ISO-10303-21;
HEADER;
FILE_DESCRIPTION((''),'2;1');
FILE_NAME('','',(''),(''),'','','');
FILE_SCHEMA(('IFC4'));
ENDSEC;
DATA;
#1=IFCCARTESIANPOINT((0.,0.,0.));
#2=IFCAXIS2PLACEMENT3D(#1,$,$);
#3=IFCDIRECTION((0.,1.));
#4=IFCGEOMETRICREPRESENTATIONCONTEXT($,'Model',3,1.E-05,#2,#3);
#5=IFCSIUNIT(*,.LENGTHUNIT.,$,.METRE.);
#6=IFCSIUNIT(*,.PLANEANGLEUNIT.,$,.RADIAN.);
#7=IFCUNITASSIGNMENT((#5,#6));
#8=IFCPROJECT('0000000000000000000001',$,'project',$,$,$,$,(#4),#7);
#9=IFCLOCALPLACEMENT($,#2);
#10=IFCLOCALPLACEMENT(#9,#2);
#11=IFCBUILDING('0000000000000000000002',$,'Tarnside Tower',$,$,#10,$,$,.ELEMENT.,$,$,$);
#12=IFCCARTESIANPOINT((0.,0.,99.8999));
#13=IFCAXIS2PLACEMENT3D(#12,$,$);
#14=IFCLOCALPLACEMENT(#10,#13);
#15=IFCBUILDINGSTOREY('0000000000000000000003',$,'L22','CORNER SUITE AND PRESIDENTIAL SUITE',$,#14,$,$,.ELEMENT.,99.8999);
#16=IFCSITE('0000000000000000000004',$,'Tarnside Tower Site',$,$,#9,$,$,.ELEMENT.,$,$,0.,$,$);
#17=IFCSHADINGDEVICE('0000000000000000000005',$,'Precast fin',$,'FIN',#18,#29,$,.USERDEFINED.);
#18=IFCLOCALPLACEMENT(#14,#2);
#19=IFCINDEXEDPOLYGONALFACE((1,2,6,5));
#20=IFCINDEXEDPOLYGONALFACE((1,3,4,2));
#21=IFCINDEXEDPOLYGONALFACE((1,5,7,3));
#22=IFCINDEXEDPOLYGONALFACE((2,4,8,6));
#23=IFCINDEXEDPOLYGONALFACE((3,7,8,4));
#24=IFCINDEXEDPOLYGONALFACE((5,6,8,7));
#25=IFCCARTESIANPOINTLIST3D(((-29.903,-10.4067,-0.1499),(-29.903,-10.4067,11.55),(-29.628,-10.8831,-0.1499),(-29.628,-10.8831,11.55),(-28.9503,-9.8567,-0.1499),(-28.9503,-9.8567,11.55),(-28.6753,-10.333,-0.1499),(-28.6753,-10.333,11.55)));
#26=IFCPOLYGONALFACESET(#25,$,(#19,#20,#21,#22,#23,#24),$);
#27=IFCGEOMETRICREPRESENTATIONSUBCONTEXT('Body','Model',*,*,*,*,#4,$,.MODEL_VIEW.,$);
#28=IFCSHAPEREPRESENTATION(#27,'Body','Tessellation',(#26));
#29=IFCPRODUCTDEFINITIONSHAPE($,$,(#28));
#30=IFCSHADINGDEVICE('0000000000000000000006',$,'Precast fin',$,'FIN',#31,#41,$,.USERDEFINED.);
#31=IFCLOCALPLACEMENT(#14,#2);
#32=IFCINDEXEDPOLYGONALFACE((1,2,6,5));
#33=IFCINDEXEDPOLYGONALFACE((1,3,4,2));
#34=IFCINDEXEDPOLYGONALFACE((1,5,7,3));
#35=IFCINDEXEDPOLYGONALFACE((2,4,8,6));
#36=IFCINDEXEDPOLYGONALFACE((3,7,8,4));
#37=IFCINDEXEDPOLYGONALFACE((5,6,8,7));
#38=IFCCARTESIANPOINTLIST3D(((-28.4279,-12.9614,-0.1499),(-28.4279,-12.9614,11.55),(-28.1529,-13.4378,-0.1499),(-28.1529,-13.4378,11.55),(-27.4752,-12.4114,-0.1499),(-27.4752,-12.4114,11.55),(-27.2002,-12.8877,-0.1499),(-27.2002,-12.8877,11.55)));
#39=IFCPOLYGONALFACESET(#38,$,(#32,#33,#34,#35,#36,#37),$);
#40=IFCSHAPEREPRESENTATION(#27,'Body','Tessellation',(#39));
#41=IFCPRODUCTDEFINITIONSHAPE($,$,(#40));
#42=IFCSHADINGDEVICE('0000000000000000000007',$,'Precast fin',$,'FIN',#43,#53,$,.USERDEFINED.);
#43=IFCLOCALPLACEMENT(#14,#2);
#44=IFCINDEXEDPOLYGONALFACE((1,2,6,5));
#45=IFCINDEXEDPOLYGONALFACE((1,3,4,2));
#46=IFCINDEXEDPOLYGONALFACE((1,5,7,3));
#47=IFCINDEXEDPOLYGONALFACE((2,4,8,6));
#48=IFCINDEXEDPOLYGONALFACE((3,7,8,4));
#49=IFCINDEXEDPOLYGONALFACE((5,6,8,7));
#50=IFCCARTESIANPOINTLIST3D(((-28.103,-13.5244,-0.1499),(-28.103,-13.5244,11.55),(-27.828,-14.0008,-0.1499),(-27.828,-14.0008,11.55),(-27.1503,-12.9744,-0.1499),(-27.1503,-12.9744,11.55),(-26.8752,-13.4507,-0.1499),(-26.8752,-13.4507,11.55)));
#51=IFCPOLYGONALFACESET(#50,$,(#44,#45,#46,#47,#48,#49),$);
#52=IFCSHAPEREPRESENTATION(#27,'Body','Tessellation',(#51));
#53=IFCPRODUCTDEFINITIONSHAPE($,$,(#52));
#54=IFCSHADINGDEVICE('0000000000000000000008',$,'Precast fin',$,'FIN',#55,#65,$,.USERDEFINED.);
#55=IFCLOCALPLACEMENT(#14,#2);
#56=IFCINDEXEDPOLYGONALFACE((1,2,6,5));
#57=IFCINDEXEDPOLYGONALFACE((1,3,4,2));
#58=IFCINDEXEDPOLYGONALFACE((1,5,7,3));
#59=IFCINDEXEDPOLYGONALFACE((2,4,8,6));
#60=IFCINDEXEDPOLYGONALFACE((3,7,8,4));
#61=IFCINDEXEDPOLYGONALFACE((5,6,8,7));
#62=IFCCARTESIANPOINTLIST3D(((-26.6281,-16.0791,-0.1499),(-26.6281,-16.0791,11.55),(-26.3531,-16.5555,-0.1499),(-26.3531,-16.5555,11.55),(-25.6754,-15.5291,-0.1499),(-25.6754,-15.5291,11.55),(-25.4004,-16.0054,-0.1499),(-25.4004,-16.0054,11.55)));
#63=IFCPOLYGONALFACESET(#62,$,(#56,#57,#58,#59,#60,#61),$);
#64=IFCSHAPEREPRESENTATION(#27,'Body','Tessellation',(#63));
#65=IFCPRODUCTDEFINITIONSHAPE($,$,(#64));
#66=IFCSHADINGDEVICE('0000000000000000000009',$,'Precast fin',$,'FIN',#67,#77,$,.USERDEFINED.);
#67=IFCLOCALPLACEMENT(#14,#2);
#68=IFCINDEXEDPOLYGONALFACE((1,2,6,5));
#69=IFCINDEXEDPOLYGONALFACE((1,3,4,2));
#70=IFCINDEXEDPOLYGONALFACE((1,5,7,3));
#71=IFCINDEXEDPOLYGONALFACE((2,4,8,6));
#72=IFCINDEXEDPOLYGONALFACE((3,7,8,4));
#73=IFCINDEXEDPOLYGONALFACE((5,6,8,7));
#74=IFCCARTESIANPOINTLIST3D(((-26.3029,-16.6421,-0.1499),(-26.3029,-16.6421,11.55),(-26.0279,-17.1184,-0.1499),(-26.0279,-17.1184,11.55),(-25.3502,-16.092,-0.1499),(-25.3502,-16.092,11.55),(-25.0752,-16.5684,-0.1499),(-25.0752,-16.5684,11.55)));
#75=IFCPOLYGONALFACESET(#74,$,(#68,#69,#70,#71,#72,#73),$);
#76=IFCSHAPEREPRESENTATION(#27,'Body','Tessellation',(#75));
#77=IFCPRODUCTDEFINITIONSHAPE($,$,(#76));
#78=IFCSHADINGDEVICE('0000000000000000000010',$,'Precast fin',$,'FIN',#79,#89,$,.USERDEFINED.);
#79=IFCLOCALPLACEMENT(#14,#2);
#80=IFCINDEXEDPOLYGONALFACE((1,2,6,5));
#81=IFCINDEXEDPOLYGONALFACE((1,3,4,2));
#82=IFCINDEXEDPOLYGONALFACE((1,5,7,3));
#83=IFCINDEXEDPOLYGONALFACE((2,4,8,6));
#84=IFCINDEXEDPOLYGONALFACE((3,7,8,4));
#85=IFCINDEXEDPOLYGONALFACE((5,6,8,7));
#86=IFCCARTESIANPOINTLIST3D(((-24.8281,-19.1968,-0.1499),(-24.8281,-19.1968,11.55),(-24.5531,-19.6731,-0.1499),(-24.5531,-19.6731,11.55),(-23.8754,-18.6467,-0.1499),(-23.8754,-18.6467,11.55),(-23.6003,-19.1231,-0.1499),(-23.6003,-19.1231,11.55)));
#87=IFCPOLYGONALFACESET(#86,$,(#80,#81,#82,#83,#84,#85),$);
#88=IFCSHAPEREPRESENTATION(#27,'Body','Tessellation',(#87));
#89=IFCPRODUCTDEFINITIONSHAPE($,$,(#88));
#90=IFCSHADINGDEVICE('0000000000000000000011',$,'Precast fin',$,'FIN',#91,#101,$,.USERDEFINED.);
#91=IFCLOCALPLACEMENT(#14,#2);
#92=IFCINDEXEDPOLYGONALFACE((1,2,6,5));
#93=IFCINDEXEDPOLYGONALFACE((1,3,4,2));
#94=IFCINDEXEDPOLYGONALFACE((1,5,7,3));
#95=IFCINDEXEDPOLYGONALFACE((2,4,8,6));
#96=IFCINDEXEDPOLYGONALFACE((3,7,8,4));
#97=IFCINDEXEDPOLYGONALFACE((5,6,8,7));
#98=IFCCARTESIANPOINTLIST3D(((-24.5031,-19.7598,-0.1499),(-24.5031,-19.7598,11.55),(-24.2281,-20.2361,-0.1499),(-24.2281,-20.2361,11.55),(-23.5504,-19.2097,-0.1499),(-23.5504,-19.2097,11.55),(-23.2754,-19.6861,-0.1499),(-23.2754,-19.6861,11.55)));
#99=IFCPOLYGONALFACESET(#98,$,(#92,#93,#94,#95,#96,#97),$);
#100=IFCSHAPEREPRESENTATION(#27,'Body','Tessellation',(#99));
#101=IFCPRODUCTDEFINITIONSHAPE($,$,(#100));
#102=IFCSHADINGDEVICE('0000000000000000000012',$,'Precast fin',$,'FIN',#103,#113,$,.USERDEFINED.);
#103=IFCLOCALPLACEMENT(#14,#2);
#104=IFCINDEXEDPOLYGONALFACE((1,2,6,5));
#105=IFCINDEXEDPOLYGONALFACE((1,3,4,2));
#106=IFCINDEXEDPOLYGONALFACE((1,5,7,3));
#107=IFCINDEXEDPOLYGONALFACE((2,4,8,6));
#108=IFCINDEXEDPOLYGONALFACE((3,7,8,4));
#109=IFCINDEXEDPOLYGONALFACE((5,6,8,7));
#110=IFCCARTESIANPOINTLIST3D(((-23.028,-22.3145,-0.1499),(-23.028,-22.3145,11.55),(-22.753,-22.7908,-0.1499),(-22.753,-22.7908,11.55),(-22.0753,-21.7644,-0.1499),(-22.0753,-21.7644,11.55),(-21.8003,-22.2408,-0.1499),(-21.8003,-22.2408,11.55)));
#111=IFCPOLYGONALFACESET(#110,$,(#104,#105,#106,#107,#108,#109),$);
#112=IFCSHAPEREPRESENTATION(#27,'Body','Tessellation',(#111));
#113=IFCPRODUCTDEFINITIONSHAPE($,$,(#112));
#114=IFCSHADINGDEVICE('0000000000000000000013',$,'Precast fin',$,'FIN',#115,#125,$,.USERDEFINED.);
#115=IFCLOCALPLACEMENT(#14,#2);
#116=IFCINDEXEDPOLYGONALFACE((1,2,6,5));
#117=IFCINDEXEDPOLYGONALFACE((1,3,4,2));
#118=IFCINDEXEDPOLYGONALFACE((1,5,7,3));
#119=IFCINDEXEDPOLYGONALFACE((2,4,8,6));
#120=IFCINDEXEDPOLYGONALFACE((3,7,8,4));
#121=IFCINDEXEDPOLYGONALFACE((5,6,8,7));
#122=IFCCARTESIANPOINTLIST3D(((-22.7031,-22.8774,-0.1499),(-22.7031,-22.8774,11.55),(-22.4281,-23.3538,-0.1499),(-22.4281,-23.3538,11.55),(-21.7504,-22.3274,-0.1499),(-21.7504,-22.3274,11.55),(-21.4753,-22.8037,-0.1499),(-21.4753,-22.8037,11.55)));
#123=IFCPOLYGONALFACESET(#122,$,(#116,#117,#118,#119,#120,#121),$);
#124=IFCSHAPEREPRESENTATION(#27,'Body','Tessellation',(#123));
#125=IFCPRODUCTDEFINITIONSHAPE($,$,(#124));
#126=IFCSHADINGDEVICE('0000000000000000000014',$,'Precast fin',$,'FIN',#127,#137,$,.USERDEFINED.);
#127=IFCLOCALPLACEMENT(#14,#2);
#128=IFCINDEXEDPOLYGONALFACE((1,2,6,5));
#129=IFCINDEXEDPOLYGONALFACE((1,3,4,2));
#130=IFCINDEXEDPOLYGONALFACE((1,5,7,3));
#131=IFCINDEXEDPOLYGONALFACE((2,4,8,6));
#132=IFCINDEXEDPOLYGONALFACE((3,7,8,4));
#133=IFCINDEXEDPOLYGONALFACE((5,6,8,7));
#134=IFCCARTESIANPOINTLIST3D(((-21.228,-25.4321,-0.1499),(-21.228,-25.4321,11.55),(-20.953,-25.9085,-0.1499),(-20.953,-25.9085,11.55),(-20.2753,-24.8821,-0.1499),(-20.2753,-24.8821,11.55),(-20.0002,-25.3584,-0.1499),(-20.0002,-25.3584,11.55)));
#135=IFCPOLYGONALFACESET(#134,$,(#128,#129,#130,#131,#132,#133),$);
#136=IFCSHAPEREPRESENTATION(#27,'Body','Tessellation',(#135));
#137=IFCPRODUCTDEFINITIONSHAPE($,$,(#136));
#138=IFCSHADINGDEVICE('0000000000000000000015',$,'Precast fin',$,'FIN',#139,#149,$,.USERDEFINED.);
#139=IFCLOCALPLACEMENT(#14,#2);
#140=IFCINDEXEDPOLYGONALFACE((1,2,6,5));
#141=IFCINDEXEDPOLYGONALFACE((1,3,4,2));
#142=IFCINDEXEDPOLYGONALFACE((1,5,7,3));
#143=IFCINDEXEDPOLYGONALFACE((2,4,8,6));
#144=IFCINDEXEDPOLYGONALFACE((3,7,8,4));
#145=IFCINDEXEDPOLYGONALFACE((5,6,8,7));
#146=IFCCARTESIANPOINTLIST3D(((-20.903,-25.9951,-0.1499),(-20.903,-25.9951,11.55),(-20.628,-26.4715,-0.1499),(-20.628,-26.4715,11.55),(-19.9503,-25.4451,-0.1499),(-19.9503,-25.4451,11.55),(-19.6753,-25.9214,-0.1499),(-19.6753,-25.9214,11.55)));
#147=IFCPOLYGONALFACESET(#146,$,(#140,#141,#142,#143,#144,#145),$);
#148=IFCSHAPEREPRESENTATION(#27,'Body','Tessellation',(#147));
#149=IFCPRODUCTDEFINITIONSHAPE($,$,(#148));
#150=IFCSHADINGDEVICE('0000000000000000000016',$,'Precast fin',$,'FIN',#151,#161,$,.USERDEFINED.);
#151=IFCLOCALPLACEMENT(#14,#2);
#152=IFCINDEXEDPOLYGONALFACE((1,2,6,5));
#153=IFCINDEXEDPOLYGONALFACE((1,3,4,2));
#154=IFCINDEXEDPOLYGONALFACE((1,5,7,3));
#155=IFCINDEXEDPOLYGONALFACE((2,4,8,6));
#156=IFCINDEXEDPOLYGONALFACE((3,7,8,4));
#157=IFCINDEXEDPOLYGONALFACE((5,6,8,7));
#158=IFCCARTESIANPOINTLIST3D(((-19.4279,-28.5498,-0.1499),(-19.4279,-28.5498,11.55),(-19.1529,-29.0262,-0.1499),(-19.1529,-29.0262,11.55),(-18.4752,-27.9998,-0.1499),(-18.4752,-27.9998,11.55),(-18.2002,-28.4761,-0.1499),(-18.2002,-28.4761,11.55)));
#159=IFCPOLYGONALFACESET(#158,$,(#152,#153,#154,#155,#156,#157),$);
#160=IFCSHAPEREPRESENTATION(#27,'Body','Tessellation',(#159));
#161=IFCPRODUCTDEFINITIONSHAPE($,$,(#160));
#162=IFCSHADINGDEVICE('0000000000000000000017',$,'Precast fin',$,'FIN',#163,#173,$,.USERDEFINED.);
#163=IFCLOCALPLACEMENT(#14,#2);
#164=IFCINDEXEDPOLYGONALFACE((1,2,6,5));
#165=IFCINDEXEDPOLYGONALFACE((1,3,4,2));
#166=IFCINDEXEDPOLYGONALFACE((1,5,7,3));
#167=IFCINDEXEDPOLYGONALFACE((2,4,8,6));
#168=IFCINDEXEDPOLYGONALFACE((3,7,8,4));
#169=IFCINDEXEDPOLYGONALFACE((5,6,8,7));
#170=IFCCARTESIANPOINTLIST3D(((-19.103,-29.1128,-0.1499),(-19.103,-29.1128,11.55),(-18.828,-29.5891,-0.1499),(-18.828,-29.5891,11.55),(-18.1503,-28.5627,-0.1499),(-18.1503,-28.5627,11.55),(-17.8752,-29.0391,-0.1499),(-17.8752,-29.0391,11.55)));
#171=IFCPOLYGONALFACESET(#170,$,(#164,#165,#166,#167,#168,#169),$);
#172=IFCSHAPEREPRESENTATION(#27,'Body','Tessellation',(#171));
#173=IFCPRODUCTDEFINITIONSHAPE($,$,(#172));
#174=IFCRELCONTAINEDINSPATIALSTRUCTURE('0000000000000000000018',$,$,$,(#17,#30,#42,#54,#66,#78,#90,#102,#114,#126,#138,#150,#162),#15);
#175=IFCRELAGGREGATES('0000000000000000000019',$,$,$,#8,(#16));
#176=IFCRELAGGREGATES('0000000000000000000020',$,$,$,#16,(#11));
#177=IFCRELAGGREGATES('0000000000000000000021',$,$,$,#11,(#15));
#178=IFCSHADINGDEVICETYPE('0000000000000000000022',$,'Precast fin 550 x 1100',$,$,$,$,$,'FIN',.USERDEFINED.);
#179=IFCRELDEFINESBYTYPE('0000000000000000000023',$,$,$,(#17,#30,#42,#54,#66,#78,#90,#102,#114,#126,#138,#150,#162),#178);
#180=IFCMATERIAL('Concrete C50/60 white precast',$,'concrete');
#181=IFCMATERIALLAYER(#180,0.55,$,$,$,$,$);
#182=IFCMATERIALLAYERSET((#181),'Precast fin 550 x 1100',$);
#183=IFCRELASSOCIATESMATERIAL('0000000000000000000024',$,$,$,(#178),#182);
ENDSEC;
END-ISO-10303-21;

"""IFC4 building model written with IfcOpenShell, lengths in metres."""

from ifc_helpers import new_model, si_unit, direction, frame, origin, place, context, subcontext, project, spatial, polyline, outline, extrude, material, layer, layer_set, type_object, element, save


model = new_model("IFC4")

# Units and contexts
model_context = context("Model", 3, precision=1e-05, world=origin(), true_north=direction((0.0, 1.0)))
body_context = subcontext(model_context, "Body", "Model", "MODEL_VIEW")
ifc_project = project(units=[si_unit("LENGTHUNIT", "METRE"), si_unit("PLANEANGLEUNIT", "RADIAN")], contexts=[model_context])

# Site, building, storey
site_placement = place(None, origin())
site = spatial("IfcSite", under=ifc_project, at=site_placement, Name="Tarnside Tower Site", CompositionType="ELEMENT", RefElevation=0.0)
building_placement = place(site_placement, origin())
building = spatial("IfcBuilding", under=site, at=building_placement, Name="Tarnside Tower", CompositionType="ELEMENT")
storey_placement = place(building_placement, frame((0.0, 0.0, 99.8999)))
storey = spatial("IfcBuildingStorey", under=building, at=storey_placement, Name="L22", Description="CORNER SUITE AND PRESIDENTIAL SUITE", CompositionType="ELEMENT", Elevation=99.8999)

# Shading devices
ifc_material_1 = material(Name="Concrete C50/60 white precast", Category="concrete")
ifc_layer_1 = layer(ifc_material_1, 0.55)
ifc_layer_set_1 = layer_set([ifc_layer_1], Name="Precast fin 550 x 1100")
shading_device_type = type_object("IfcShadingDeviceType", Name="Precast fin 550 x 1100", ElementType="FIN", PredefinedType="USERDEFINED", material=ifc_layer_set_1)
for number, where, z_axis, x_axis, name in (
    (1, (-28.8127, -10.095, -0.1499), (-0.5, 0.866025, 0.0), (-0.866025, -0.5, 0.0), "Precast fin"),
    (2, (-27.3376, -12.6497, -0.1499), (-0.5, 0.866025, 0.0), (-0.866025, -0.5, 0.0), "Precast fin"),
    (3, (-27.0127, -13.2126, -0.1499), (-0.5, 0.866025, 0.0), (-0.866025, -0.5, 0.0), "Precast fin"),
    (4, (-25.5378, -15.7673, -0.1499), (-0.5, 0.866025, 0.0), (-0.866025, -0.5, 0.0), "Precast fin"),
    (5, (-25.2126, -16.3303, -0.1499), (-0.5, 0.866025, 0.0), (-0.866025, -0.5, 0.0), "Precast fin"),
    (6, (-23.7378, -18.885, -0.1499), (-0.5, 0.866025, 0.0), (-0.866025, -0.5, 0.0), "Precast fin"),
    (7, (-23.4128, -19.448, -0.1499), (-0.5, 0.866025, 0.0), (-0.866025, -0.5, 0.0), "Precast fin"),
    (8, (-21.9377, -22.0027, -0.1499), (-0.5, 0.866025, 0.0), (-0.866025, -0.5, 0.0), "Precast fin"),
    (9, (-21.6128, -22.5657, -0.1499), (-0.5, 0.866025, 0.0), (-0.866025, -0.5, 0.0), "Precast fin"),
    (10, (-20.1377, -25.1204, -0.1499), (-0.5, 0.866025, 0.0), (-0.866025, -0.5, 0.0), "Precast fin"),
    (11, (-19.8127, -25.6833, -0.1499), (-0.5, 0.866025, 0.0), (-0.866025, -0.5, 0.0), "Precast fin"),
    (12, (-18.3376, -28.238, -0.1499), (-0.5, 0.866025, 0.0), (-0.866025, -0.5, 0.0), "Precast fin"),
    (13, (-18.0127, -28.801, -0.1499), (-0.5, 0.866025, 0.0), (-0.866025, -0.5, 0.0), "Precast fin"),
):
    element("IfcShadingDevice", number, at=place(storey_placement, frame(where, z_axis=z_axis, x_axis=x_axis)), inside=storey, type_object=shading_device_type, Name=name, ObjectType="FIN", PredefinedType="USERDEFINED", context=body_context, shape_type="SweptSolid", body=[
        extrude(outline(polyline([(0.0, 0.0), (1.1001, 0.0), (1.1001, 11.7), (0.0, 11.7), (0.0, 0.0)])), frame((0.0, 0.0, -0.2749)), (0.0, 0.0, 1.0), 0.55),
    ])

save(model, "model.ifc")
